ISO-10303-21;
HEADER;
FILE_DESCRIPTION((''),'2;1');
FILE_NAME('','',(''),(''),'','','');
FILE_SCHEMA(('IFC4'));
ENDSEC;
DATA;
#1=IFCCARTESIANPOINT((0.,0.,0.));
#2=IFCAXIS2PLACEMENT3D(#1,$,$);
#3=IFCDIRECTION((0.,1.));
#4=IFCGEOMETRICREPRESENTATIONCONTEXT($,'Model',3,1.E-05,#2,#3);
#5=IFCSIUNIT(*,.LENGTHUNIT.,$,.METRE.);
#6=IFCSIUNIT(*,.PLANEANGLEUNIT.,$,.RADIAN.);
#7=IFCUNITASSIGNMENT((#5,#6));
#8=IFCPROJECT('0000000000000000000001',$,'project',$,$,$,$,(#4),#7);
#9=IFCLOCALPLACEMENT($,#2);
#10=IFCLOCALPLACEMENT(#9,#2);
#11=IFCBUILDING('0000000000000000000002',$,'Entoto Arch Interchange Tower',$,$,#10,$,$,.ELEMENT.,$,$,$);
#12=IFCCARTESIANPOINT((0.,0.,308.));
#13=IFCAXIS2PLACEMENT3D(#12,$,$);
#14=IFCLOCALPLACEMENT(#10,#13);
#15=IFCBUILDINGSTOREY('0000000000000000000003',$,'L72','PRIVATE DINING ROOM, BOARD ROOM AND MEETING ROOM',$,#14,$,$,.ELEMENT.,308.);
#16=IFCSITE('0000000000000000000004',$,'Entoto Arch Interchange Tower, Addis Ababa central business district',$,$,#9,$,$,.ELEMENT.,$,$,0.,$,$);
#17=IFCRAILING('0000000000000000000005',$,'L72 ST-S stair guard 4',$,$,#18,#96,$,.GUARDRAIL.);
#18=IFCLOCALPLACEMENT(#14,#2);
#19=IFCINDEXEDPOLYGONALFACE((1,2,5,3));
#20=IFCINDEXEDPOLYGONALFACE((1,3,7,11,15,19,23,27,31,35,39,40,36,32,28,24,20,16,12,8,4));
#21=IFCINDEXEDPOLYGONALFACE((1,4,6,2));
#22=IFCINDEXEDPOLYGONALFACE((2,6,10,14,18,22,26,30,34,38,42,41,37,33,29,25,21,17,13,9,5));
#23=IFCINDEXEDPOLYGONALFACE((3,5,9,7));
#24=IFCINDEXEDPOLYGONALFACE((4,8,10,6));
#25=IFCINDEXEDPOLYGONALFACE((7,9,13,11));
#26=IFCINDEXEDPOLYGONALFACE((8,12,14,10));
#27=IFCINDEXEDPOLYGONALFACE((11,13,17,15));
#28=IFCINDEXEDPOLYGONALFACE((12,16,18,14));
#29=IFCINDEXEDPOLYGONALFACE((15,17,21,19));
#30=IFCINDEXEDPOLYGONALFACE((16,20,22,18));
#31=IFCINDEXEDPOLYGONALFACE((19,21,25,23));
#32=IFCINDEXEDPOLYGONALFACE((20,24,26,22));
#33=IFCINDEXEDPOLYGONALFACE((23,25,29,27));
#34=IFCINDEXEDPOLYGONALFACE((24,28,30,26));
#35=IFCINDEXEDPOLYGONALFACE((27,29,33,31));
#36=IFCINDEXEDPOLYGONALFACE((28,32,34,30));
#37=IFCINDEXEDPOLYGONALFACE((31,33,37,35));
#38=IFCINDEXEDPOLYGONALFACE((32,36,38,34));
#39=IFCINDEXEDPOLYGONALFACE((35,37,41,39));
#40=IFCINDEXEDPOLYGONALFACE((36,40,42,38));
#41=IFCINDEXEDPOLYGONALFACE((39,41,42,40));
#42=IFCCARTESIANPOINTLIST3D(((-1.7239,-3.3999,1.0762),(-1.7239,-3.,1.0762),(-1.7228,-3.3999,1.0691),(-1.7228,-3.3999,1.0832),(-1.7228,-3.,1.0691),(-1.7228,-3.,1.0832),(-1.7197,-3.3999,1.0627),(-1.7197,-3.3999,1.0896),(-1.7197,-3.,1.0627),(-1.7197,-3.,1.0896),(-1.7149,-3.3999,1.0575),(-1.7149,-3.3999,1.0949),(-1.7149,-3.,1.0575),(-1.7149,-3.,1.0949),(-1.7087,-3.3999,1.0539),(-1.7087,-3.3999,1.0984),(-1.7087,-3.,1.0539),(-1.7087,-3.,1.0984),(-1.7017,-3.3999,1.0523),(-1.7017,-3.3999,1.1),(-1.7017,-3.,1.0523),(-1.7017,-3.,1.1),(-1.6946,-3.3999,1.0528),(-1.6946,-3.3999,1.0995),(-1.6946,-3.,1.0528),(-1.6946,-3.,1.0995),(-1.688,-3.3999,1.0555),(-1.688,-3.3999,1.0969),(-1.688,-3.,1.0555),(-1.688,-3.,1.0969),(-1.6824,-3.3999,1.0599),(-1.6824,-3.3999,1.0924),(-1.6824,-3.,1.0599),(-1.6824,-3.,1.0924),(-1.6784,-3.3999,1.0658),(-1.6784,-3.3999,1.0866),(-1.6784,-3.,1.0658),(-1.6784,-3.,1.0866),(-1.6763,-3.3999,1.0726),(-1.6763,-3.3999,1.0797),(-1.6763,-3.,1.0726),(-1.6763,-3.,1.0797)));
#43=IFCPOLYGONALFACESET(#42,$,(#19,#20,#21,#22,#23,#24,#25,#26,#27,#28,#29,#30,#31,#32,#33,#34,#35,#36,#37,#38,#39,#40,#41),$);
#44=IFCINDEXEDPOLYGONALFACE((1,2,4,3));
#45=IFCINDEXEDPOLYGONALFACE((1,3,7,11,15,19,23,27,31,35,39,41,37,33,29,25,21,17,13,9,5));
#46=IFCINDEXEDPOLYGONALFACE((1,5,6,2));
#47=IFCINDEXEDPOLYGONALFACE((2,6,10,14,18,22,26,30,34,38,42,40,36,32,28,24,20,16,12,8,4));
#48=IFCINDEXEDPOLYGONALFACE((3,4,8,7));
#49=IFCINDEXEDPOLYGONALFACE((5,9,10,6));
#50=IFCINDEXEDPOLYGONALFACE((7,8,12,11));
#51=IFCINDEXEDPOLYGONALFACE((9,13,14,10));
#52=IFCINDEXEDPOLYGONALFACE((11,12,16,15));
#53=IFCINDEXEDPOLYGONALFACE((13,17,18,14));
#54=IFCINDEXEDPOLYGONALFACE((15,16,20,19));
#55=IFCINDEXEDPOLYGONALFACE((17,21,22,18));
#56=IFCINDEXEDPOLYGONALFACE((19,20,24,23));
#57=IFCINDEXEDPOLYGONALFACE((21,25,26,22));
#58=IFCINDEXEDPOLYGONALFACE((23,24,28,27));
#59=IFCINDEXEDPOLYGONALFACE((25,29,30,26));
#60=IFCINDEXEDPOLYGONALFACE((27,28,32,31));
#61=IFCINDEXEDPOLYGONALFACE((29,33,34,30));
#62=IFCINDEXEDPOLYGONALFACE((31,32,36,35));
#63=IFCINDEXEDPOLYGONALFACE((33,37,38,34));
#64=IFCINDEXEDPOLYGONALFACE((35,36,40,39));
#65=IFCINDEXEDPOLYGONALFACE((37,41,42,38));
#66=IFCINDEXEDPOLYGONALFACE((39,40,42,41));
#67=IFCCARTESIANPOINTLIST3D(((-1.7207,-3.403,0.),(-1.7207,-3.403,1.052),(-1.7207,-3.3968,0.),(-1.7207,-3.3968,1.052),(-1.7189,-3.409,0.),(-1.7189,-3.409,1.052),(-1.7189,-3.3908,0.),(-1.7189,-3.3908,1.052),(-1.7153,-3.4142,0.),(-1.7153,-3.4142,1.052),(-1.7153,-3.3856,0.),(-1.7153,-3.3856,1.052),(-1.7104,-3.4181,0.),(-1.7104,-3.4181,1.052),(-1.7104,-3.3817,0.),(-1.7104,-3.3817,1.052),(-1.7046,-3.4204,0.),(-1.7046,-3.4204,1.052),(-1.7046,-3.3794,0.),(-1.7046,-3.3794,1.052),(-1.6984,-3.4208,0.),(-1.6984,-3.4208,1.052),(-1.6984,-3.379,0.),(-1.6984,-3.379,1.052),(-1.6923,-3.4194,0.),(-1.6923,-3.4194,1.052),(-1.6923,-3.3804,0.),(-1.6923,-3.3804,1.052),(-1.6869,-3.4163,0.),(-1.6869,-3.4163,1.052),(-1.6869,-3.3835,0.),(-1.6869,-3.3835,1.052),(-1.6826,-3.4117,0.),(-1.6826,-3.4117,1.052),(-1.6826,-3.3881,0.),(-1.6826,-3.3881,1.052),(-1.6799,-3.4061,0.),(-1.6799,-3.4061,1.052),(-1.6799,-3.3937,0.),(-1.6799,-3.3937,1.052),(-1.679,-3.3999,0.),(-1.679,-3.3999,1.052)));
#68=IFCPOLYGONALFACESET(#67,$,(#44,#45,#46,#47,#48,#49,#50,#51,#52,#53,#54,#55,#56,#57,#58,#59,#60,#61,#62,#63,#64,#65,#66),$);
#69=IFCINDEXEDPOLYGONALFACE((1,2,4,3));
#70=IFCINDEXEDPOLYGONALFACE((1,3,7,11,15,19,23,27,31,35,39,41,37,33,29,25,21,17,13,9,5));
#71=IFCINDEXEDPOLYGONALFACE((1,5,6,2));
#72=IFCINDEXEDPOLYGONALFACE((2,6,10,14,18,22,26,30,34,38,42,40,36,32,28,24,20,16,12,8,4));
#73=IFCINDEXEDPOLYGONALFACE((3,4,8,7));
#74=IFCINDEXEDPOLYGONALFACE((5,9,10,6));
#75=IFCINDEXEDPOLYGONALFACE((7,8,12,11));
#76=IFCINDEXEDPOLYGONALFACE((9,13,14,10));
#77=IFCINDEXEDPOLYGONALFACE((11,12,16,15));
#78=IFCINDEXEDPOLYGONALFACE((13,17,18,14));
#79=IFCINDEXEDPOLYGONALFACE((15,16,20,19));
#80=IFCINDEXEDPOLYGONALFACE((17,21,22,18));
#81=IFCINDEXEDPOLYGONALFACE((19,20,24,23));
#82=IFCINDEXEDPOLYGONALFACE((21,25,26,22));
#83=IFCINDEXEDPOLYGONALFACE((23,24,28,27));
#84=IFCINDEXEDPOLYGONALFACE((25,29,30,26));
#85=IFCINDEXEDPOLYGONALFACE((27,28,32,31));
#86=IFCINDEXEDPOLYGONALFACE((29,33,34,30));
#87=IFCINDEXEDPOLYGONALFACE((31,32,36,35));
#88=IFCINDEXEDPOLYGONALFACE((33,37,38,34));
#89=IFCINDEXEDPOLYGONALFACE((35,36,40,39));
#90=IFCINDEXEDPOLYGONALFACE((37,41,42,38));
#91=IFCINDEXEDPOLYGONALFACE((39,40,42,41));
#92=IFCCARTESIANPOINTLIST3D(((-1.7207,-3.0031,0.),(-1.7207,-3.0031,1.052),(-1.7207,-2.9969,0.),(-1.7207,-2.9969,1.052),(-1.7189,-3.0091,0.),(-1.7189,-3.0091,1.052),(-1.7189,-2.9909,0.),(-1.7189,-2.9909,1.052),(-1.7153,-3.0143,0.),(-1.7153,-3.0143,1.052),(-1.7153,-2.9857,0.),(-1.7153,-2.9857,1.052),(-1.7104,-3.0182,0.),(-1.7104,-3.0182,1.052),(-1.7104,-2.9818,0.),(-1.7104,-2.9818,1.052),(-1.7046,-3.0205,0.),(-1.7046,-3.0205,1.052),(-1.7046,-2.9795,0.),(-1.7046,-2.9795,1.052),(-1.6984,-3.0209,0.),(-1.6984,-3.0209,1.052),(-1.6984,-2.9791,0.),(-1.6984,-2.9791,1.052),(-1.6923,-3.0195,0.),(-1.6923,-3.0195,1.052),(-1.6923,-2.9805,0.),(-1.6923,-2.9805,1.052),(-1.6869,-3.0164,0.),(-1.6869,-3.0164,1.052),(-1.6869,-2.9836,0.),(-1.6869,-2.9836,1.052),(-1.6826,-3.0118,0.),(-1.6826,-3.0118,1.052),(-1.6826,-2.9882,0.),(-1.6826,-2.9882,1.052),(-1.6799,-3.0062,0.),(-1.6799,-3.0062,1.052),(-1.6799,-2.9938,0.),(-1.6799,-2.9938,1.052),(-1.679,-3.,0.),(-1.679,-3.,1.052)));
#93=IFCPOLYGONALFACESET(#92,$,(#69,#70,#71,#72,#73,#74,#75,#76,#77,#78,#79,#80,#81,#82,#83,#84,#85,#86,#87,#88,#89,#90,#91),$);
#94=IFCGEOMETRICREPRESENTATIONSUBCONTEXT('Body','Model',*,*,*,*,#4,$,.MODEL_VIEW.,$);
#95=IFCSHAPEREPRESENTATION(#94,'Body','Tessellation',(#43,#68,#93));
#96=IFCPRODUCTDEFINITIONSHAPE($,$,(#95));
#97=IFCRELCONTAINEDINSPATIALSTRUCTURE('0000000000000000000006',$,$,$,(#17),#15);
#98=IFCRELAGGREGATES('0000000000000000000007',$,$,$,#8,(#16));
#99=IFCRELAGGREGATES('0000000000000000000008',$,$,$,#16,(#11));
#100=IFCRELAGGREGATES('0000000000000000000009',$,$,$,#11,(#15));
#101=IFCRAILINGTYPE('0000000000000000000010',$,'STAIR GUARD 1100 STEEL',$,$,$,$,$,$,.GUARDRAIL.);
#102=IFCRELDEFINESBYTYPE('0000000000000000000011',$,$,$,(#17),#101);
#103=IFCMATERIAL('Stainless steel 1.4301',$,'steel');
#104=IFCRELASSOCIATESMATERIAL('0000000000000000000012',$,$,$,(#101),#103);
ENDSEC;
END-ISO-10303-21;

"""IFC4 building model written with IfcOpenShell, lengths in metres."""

from ifc_helpers import new_model, si_unit, direction, frame, origin, origin_2d, place, context, subcontext, project, spatial, circle, extrude, material, type_object, element, save


model = new_model("IFC4")

# Units and contexts
model_context = context("Model", 3, precision=1e-05, world=origin(), true_north=direction((0.0, 1.0)))
body_context = subcontext(model_context, "Body", "Model", "MODEL_VIEW")
ifc_project = project(units=[si_unit("LENGTHUNIT", "METRE"), si_unit("PLANEANGLEUNIT", "RADIAN")], contexts=[model_context])

# Site, building, storey
site_placement = place(None, origin())
site = spatial("IfcSite", under=ifc_project, at=site_placement, Name="Entoto Arch Interchange Tower, Addis Ababa central business district", CompositionType="ELEMENT", RefElevation=0.0)
building_placement = place(site_placement, origin())
building = spatial("IfcBuilding", under=site, at=building_placement, Name="Entoto Arch Interchange Tower", CompositionType="ELEMENT")
storey_placement = place(building_placement, frame((0.0, 0.0, 308.0)))
storey = spatial("IfcBuildingStorey", under=building, at=storey_placement, Name="L72", Description="PRIVATE DINING ROOM, BOARD ROOM AND MEETING ROOM", CompositionType="ELEMENT", Elevation=308.0)

# Railing
ifc_material_1 = material(Name="Stainless steel 1.4301", Category="steel")
railing_type_1 = type_object("IfcRailingType", Name="STAIR GUARD 1100 STEEL", PredefinedType="GUARDRAIL", material=ifc_material_1)
railing_1_placement = place(storey_placement, frame((-1.7, -3.3999, 0.0)))
element("IfcRailing", 1, at=railing_1_placement, inside=storey, type_object=railing_type_1, Name="L72 ST-S stair guard 4", PredefinedType="GUARDRAIL", context=body_context, shape_type="SweptSolid", body=[
    extrude(circle(Radius=0.0239, at=origin_2d()), frame((0.0, 0.0, 1.0762), z_axis=(0.0, 1.0, 0.0), x_axis=(-1.0, 0.0, 0.0)), (0.0, 0.0, 1.0), 0.3999),
    extrude(circle(Radius=0.021, at=origin_2d()), origin(), (0.0, 0.0, 1.0), 1.052),
    extrude(circle(Radius=0.021, at=origin_2d()), frame((0.0, 0.3999, 0.0)), (0.0, 0.0, 1.0), 1.052),
])

save(model, "model.ifc")
